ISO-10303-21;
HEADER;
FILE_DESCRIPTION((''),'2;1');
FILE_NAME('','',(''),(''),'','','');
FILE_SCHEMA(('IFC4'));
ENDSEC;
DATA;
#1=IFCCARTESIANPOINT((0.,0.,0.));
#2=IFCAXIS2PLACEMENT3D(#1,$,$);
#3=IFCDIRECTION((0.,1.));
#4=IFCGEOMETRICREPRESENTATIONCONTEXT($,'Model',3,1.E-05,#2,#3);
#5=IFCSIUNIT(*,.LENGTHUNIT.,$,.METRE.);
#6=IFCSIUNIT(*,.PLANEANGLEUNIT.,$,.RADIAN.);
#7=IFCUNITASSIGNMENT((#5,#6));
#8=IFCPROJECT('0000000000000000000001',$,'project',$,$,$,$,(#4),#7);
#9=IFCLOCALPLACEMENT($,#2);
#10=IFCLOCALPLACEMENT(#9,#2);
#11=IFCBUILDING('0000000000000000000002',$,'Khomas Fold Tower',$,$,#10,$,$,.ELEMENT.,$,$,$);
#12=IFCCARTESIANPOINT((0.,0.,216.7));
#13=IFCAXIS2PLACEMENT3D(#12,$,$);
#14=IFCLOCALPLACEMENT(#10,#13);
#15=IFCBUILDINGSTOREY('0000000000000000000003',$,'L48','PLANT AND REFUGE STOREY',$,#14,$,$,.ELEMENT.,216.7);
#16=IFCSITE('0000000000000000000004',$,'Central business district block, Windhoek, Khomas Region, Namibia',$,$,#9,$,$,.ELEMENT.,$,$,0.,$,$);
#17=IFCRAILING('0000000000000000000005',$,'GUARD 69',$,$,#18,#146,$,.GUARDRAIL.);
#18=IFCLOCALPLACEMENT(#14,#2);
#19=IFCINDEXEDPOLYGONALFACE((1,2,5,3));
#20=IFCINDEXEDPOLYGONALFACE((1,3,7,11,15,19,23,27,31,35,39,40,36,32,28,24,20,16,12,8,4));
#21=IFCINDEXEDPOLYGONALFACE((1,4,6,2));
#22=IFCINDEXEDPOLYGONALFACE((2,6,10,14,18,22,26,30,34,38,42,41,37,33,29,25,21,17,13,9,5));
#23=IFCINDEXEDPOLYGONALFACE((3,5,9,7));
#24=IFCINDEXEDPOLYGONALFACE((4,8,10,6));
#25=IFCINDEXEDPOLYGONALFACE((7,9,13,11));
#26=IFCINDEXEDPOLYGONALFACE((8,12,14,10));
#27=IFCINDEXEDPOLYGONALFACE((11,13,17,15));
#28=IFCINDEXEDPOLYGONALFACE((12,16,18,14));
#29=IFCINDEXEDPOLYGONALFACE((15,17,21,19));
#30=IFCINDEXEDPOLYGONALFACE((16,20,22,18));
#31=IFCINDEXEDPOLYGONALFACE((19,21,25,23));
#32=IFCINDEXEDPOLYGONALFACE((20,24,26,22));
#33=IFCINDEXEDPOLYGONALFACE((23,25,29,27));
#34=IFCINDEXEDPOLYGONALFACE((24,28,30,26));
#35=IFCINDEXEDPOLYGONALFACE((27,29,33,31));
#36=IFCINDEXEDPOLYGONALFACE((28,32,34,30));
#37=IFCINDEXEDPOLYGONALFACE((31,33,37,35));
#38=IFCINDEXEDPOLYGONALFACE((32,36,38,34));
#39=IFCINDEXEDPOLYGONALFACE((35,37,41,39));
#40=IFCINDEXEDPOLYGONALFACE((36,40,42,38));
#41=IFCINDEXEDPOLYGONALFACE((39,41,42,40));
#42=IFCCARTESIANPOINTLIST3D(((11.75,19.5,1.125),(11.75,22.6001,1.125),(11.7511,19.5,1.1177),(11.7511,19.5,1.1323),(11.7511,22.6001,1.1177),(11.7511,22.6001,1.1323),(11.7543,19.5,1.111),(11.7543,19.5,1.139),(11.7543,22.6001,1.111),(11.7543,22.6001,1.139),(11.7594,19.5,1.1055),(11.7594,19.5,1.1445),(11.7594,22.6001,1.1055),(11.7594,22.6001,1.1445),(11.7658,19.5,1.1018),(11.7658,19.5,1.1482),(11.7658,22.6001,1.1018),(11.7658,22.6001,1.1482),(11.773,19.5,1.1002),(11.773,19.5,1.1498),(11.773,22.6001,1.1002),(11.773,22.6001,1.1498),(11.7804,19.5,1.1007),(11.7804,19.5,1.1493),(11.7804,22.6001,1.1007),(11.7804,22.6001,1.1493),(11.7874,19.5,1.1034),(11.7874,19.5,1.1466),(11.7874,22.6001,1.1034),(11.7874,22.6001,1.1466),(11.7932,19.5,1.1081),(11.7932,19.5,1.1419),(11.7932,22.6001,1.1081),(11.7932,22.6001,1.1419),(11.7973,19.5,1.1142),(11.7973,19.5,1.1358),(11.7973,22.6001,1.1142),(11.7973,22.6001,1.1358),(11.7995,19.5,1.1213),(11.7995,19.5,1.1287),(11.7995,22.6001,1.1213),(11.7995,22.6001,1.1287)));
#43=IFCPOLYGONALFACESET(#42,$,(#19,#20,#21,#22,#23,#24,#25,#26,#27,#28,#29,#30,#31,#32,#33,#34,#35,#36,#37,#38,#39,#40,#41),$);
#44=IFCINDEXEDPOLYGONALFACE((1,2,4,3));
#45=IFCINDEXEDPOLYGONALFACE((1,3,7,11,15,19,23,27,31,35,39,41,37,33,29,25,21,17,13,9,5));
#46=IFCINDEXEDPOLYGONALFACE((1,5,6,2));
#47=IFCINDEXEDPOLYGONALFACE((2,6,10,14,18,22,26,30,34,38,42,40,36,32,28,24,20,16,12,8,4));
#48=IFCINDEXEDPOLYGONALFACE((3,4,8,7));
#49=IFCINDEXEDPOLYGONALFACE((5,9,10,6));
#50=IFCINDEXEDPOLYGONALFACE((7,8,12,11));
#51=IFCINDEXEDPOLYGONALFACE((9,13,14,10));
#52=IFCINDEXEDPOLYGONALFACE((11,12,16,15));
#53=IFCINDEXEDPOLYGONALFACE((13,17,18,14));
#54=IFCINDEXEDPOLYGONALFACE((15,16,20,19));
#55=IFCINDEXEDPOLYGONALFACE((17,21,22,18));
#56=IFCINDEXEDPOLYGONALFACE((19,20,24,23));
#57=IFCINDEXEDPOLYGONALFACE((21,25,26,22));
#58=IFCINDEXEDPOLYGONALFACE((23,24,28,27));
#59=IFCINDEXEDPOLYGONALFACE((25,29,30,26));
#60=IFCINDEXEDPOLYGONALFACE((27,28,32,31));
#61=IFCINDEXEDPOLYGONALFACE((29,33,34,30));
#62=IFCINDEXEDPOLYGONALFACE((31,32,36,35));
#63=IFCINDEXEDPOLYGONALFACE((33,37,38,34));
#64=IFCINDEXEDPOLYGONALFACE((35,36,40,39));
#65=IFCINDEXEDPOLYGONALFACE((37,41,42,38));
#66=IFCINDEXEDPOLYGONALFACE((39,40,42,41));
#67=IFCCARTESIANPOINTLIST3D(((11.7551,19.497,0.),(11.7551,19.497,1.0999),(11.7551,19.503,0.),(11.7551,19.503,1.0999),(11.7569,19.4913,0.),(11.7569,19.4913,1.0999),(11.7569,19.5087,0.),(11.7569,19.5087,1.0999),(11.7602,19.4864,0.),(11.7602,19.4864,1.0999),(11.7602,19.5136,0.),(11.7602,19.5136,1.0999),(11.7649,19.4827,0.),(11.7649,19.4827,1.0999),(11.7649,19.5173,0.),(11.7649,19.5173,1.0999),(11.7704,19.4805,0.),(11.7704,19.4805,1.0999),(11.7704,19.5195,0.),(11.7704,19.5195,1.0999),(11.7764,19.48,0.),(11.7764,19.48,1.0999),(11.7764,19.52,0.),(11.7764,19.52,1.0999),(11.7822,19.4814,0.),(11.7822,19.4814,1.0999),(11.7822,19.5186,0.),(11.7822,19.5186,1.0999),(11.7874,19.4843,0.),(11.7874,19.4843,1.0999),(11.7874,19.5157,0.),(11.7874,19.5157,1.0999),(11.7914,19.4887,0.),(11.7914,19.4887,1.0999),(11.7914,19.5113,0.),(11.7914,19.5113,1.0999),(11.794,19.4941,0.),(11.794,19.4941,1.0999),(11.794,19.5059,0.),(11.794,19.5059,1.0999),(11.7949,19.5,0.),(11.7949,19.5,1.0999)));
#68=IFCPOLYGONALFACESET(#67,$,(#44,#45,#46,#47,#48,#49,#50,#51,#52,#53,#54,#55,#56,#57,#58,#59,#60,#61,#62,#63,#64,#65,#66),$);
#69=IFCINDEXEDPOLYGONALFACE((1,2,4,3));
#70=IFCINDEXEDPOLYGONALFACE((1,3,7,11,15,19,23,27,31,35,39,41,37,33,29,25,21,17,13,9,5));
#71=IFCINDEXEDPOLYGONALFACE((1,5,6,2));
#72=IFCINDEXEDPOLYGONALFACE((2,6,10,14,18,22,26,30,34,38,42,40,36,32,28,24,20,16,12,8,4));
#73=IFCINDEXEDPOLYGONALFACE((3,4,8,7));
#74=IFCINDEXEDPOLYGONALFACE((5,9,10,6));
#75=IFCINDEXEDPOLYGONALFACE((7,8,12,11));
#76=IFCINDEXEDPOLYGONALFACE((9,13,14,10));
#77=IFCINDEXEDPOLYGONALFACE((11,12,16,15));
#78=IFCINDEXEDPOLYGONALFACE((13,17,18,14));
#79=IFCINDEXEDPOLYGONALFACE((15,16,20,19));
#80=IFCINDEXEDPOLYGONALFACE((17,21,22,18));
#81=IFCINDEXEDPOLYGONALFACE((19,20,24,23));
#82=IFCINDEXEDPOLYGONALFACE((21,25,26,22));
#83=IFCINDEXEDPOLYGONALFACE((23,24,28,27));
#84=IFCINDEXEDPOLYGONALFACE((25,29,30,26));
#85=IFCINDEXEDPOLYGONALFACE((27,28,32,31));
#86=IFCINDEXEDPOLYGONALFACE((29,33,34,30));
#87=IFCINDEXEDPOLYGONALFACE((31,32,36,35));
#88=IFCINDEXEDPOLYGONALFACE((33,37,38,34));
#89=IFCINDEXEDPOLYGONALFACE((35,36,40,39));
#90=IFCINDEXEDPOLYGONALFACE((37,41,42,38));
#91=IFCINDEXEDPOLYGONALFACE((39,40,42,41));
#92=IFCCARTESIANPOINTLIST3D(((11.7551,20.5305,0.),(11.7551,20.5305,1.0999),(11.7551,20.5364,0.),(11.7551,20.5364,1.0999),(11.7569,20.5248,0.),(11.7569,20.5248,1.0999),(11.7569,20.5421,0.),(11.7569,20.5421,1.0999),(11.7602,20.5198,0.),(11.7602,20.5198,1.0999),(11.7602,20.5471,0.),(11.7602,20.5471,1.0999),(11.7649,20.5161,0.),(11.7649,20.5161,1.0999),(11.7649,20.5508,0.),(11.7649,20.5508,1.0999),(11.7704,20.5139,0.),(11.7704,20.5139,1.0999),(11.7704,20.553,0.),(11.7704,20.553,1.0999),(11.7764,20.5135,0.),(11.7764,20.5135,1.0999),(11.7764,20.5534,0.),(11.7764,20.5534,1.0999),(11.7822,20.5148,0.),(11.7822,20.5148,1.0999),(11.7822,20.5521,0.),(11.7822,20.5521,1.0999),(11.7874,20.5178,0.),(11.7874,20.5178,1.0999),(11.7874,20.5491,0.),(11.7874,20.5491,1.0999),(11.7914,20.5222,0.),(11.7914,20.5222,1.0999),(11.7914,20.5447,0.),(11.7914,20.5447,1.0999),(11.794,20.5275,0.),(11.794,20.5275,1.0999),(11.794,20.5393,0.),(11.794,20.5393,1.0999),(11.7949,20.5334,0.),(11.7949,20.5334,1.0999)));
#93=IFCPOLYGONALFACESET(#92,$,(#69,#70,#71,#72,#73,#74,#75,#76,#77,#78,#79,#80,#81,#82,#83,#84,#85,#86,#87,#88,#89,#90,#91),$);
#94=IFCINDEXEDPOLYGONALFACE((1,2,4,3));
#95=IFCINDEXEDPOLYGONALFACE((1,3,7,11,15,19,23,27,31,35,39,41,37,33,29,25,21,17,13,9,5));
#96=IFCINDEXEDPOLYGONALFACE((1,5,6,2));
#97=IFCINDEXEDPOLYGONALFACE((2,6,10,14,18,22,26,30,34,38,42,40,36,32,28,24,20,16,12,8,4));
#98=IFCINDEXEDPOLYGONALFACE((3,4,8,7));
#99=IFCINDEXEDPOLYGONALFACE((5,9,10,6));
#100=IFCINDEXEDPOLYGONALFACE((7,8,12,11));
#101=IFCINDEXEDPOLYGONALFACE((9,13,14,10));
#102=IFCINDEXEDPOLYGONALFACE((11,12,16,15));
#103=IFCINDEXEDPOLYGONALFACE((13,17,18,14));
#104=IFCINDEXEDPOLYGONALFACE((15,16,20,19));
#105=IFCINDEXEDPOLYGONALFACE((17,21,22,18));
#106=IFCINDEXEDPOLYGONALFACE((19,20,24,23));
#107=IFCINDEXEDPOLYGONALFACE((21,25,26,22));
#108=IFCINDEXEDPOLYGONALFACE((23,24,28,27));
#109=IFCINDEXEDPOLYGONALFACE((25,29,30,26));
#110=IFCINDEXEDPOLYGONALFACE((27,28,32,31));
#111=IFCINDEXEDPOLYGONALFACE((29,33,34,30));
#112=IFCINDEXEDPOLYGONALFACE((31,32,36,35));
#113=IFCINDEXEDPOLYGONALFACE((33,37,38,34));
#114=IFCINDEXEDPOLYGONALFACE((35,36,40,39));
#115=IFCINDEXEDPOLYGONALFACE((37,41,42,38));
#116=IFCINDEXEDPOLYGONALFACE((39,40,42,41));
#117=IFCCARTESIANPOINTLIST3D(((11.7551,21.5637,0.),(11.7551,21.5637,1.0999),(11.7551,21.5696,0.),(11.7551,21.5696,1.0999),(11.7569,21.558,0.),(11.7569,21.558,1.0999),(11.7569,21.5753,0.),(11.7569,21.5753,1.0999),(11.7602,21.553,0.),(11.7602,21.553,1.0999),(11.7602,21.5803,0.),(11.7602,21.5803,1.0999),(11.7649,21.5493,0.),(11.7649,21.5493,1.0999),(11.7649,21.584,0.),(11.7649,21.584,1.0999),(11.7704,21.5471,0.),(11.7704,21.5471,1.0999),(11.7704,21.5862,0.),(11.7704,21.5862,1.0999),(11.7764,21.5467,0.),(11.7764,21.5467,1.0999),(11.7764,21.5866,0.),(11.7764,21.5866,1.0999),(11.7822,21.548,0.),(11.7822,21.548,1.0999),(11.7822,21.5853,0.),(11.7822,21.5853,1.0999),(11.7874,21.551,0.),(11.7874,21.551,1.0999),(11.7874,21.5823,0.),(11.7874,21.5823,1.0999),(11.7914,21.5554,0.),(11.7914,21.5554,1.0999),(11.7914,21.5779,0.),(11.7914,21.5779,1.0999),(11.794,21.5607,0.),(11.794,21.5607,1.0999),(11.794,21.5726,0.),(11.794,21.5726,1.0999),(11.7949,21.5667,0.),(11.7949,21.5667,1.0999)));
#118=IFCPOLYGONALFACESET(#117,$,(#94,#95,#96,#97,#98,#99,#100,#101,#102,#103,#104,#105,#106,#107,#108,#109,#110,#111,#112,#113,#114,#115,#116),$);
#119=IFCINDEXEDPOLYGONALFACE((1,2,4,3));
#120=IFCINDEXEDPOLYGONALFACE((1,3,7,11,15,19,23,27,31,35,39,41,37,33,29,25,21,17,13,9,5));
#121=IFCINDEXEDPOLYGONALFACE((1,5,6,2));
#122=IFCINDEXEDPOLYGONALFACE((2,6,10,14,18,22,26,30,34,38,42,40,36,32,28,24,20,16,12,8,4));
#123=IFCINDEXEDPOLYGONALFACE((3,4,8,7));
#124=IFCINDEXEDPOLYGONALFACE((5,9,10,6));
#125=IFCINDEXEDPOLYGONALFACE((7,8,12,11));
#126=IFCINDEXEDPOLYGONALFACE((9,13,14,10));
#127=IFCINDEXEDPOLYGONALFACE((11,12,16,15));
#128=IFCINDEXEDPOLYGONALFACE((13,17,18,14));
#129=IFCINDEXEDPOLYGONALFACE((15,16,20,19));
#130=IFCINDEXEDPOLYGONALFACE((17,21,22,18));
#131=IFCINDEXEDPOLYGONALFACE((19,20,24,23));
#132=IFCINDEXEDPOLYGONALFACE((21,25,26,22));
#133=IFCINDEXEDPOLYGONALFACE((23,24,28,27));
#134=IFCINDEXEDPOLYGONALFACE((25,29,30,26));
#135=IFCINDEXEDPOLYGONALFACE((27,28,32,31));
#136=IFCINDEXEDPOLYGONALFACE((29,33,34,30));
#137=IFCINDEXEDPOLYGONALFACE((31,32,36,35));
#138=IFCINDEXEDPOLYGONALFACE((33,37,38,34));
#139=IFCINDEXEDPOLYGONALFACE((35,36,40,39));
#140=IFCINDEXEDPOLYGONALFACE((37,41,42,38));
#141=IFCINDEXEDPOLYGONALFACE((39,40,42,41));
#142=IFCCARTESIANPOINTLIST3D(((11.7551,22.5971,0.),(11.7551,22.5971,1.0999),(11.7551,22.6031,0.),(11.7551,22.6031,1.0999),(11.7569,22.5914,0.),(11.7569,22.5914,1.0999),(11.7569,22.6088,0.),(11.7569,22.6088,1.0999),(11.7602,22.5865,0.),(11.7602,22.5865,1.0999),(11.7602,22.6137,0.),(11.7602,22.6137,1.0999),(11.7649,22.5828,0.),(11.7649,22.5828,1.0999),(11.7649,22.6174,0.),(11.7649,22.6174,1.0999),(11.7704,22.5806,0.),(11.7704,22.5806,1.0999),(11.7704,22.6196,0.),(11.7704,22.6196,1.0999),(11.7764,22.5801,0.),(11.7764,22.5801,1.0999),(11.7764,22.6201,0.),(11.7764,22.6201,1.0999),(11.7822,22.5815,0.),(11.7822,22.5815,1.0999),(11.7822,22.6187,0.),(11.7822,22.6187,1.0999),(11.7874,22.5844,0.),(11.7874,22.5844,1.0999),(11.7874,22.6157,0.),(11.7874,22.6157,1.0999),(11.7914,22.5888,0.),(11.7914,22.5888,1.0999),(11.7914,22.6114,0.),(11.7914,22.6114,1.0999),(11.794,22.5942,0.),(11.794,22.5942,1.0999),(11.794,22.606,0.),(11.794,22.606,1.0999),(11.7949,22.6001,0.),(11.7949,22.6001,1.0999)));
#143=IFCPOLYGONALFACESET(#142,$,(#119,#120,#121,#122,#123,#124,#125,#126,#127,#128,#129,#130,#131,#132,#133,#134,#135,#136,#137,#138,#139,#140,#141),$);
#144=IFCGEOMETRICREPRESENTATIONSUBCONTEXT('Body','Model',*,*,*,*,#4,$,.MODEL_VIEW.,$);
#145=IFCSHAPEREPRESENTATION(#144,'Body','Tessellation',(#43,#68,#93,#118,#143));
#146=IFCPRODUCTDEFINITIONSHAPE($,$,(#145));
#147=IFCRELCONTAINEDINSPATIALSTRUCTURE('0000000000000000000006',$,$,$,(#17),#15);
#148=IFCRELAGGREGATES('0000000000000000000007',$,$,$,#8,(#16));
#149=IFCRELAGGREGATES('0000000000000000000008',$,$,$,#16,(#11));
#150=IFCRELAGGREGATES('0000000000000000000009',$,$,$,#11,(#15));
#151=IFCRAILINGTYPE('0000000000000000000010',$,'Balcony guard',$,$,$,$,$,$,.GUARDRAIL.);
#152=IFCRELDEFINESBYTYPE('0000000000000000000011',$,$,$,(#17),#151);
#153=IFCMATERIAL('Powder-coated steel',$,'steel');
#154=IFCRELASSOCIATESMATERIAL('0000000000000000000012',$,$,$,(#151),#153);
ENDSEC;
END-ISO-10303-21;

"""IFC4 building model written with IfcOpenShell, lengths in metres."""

from ifc_helpers import new_model, si_unit, direction, frame, origin, origin_2d, place, context, subcontext, project, spatial, circle, extrude, source, transform, mapped, material, type_object, element, save


model = new_model("IFC4")

# Units and contexts
model_context = context("Model", 3, precision=1e-05, world=origin(), true_north=direction((0.0, 1.0)))
body_context = subcontext(model_context, "Body", "Model", "MODEL_VIEW")
ifc_project = project(units=[si_unit("LENGTHUNIT", "METRE"), si_unit("PLANEANGLEUNIT", "RADIAN")], contexts=[model_context])

# Site, building, storey
site_placement = place(None, origin())
site = spatial("IfcSite", under=ifc_project, at=site_placement, Name="Central business district block, Windhoek, Khomas Region, Namibia", CompositionType="ELEMENT", RefElevation=0.0)
building_placement = place(site_placement, origin())
building = spatial("IfcBuilding", under=site, at=building_placement, Name="Khomas Fold Tower", CompositionType="ELEMENT")
storey_placement = place(building_placement, frame((0.0, 0.0, 216.7)))
storey = spatial("IfcBuildingStorey", under=building, at=storey_placement, Name="L48", Description="PLANT AND REFUGE STOREY", CompositionType="ELEMENT", Elevation=216.7)

# Railing
ifc_material_1 = material(Name="Powder-coated steel", Category="steel")
railing_type = type_object("IfcRailingType", Name="Balcony guard", PredefinedType="GUARDRAIL", material=ifc_material_1)
shared_shape_1 = source(origin(), body_context, "Body", "SweptSolid", [
    extrude(circle(Radius=0.0249, at=origin_2d()), frame((0.0, 0.0, 1.125), z_axis=(0.0, 1.0, 0.0), x_axis=(-1.0, 0.0, 0.0)), (0.0, 0.0, 1.0), 3.1001),
    extrude(circle(Radius=0.02, at=origin_2d()), origin(), (0.0, 0.0, 1.0), 1.0999),
    extrude(circle(Radius=0.02, at=origin_2d()), frame((0.0, 1.0334, 0.0)), (0.0, 0.0, 1.0), 1.0999),
    extrude(circle(Radius=0.02, at=origin_2d()), frame((0.0, 2.0667, 0.0)), (0.0, 0.0, 1.0), 1.0999),
    extrude(circle(Radius=0.02, at=origin_2d()), frame((0.0, 3.1001, 0.0)), (0.0, 0.0, 1.0), 1.0999),
])
for number, where, name in (
    (1, (11.7749, 19.5, 0.0), "GUARD 69"),
):
    element("IfcRailing", number, at=place(storey_placement, frame(where)), inside=storey, type_object=railing_type, Name=name, PredefinedType="GUARDRAIL", context=body_context, shape_type="MappedRepresentation", body=[
        mapped(shared_shape_1, transform((0.0, 0.0, 0.0))),
    ])

save(model, "model.ifc")
